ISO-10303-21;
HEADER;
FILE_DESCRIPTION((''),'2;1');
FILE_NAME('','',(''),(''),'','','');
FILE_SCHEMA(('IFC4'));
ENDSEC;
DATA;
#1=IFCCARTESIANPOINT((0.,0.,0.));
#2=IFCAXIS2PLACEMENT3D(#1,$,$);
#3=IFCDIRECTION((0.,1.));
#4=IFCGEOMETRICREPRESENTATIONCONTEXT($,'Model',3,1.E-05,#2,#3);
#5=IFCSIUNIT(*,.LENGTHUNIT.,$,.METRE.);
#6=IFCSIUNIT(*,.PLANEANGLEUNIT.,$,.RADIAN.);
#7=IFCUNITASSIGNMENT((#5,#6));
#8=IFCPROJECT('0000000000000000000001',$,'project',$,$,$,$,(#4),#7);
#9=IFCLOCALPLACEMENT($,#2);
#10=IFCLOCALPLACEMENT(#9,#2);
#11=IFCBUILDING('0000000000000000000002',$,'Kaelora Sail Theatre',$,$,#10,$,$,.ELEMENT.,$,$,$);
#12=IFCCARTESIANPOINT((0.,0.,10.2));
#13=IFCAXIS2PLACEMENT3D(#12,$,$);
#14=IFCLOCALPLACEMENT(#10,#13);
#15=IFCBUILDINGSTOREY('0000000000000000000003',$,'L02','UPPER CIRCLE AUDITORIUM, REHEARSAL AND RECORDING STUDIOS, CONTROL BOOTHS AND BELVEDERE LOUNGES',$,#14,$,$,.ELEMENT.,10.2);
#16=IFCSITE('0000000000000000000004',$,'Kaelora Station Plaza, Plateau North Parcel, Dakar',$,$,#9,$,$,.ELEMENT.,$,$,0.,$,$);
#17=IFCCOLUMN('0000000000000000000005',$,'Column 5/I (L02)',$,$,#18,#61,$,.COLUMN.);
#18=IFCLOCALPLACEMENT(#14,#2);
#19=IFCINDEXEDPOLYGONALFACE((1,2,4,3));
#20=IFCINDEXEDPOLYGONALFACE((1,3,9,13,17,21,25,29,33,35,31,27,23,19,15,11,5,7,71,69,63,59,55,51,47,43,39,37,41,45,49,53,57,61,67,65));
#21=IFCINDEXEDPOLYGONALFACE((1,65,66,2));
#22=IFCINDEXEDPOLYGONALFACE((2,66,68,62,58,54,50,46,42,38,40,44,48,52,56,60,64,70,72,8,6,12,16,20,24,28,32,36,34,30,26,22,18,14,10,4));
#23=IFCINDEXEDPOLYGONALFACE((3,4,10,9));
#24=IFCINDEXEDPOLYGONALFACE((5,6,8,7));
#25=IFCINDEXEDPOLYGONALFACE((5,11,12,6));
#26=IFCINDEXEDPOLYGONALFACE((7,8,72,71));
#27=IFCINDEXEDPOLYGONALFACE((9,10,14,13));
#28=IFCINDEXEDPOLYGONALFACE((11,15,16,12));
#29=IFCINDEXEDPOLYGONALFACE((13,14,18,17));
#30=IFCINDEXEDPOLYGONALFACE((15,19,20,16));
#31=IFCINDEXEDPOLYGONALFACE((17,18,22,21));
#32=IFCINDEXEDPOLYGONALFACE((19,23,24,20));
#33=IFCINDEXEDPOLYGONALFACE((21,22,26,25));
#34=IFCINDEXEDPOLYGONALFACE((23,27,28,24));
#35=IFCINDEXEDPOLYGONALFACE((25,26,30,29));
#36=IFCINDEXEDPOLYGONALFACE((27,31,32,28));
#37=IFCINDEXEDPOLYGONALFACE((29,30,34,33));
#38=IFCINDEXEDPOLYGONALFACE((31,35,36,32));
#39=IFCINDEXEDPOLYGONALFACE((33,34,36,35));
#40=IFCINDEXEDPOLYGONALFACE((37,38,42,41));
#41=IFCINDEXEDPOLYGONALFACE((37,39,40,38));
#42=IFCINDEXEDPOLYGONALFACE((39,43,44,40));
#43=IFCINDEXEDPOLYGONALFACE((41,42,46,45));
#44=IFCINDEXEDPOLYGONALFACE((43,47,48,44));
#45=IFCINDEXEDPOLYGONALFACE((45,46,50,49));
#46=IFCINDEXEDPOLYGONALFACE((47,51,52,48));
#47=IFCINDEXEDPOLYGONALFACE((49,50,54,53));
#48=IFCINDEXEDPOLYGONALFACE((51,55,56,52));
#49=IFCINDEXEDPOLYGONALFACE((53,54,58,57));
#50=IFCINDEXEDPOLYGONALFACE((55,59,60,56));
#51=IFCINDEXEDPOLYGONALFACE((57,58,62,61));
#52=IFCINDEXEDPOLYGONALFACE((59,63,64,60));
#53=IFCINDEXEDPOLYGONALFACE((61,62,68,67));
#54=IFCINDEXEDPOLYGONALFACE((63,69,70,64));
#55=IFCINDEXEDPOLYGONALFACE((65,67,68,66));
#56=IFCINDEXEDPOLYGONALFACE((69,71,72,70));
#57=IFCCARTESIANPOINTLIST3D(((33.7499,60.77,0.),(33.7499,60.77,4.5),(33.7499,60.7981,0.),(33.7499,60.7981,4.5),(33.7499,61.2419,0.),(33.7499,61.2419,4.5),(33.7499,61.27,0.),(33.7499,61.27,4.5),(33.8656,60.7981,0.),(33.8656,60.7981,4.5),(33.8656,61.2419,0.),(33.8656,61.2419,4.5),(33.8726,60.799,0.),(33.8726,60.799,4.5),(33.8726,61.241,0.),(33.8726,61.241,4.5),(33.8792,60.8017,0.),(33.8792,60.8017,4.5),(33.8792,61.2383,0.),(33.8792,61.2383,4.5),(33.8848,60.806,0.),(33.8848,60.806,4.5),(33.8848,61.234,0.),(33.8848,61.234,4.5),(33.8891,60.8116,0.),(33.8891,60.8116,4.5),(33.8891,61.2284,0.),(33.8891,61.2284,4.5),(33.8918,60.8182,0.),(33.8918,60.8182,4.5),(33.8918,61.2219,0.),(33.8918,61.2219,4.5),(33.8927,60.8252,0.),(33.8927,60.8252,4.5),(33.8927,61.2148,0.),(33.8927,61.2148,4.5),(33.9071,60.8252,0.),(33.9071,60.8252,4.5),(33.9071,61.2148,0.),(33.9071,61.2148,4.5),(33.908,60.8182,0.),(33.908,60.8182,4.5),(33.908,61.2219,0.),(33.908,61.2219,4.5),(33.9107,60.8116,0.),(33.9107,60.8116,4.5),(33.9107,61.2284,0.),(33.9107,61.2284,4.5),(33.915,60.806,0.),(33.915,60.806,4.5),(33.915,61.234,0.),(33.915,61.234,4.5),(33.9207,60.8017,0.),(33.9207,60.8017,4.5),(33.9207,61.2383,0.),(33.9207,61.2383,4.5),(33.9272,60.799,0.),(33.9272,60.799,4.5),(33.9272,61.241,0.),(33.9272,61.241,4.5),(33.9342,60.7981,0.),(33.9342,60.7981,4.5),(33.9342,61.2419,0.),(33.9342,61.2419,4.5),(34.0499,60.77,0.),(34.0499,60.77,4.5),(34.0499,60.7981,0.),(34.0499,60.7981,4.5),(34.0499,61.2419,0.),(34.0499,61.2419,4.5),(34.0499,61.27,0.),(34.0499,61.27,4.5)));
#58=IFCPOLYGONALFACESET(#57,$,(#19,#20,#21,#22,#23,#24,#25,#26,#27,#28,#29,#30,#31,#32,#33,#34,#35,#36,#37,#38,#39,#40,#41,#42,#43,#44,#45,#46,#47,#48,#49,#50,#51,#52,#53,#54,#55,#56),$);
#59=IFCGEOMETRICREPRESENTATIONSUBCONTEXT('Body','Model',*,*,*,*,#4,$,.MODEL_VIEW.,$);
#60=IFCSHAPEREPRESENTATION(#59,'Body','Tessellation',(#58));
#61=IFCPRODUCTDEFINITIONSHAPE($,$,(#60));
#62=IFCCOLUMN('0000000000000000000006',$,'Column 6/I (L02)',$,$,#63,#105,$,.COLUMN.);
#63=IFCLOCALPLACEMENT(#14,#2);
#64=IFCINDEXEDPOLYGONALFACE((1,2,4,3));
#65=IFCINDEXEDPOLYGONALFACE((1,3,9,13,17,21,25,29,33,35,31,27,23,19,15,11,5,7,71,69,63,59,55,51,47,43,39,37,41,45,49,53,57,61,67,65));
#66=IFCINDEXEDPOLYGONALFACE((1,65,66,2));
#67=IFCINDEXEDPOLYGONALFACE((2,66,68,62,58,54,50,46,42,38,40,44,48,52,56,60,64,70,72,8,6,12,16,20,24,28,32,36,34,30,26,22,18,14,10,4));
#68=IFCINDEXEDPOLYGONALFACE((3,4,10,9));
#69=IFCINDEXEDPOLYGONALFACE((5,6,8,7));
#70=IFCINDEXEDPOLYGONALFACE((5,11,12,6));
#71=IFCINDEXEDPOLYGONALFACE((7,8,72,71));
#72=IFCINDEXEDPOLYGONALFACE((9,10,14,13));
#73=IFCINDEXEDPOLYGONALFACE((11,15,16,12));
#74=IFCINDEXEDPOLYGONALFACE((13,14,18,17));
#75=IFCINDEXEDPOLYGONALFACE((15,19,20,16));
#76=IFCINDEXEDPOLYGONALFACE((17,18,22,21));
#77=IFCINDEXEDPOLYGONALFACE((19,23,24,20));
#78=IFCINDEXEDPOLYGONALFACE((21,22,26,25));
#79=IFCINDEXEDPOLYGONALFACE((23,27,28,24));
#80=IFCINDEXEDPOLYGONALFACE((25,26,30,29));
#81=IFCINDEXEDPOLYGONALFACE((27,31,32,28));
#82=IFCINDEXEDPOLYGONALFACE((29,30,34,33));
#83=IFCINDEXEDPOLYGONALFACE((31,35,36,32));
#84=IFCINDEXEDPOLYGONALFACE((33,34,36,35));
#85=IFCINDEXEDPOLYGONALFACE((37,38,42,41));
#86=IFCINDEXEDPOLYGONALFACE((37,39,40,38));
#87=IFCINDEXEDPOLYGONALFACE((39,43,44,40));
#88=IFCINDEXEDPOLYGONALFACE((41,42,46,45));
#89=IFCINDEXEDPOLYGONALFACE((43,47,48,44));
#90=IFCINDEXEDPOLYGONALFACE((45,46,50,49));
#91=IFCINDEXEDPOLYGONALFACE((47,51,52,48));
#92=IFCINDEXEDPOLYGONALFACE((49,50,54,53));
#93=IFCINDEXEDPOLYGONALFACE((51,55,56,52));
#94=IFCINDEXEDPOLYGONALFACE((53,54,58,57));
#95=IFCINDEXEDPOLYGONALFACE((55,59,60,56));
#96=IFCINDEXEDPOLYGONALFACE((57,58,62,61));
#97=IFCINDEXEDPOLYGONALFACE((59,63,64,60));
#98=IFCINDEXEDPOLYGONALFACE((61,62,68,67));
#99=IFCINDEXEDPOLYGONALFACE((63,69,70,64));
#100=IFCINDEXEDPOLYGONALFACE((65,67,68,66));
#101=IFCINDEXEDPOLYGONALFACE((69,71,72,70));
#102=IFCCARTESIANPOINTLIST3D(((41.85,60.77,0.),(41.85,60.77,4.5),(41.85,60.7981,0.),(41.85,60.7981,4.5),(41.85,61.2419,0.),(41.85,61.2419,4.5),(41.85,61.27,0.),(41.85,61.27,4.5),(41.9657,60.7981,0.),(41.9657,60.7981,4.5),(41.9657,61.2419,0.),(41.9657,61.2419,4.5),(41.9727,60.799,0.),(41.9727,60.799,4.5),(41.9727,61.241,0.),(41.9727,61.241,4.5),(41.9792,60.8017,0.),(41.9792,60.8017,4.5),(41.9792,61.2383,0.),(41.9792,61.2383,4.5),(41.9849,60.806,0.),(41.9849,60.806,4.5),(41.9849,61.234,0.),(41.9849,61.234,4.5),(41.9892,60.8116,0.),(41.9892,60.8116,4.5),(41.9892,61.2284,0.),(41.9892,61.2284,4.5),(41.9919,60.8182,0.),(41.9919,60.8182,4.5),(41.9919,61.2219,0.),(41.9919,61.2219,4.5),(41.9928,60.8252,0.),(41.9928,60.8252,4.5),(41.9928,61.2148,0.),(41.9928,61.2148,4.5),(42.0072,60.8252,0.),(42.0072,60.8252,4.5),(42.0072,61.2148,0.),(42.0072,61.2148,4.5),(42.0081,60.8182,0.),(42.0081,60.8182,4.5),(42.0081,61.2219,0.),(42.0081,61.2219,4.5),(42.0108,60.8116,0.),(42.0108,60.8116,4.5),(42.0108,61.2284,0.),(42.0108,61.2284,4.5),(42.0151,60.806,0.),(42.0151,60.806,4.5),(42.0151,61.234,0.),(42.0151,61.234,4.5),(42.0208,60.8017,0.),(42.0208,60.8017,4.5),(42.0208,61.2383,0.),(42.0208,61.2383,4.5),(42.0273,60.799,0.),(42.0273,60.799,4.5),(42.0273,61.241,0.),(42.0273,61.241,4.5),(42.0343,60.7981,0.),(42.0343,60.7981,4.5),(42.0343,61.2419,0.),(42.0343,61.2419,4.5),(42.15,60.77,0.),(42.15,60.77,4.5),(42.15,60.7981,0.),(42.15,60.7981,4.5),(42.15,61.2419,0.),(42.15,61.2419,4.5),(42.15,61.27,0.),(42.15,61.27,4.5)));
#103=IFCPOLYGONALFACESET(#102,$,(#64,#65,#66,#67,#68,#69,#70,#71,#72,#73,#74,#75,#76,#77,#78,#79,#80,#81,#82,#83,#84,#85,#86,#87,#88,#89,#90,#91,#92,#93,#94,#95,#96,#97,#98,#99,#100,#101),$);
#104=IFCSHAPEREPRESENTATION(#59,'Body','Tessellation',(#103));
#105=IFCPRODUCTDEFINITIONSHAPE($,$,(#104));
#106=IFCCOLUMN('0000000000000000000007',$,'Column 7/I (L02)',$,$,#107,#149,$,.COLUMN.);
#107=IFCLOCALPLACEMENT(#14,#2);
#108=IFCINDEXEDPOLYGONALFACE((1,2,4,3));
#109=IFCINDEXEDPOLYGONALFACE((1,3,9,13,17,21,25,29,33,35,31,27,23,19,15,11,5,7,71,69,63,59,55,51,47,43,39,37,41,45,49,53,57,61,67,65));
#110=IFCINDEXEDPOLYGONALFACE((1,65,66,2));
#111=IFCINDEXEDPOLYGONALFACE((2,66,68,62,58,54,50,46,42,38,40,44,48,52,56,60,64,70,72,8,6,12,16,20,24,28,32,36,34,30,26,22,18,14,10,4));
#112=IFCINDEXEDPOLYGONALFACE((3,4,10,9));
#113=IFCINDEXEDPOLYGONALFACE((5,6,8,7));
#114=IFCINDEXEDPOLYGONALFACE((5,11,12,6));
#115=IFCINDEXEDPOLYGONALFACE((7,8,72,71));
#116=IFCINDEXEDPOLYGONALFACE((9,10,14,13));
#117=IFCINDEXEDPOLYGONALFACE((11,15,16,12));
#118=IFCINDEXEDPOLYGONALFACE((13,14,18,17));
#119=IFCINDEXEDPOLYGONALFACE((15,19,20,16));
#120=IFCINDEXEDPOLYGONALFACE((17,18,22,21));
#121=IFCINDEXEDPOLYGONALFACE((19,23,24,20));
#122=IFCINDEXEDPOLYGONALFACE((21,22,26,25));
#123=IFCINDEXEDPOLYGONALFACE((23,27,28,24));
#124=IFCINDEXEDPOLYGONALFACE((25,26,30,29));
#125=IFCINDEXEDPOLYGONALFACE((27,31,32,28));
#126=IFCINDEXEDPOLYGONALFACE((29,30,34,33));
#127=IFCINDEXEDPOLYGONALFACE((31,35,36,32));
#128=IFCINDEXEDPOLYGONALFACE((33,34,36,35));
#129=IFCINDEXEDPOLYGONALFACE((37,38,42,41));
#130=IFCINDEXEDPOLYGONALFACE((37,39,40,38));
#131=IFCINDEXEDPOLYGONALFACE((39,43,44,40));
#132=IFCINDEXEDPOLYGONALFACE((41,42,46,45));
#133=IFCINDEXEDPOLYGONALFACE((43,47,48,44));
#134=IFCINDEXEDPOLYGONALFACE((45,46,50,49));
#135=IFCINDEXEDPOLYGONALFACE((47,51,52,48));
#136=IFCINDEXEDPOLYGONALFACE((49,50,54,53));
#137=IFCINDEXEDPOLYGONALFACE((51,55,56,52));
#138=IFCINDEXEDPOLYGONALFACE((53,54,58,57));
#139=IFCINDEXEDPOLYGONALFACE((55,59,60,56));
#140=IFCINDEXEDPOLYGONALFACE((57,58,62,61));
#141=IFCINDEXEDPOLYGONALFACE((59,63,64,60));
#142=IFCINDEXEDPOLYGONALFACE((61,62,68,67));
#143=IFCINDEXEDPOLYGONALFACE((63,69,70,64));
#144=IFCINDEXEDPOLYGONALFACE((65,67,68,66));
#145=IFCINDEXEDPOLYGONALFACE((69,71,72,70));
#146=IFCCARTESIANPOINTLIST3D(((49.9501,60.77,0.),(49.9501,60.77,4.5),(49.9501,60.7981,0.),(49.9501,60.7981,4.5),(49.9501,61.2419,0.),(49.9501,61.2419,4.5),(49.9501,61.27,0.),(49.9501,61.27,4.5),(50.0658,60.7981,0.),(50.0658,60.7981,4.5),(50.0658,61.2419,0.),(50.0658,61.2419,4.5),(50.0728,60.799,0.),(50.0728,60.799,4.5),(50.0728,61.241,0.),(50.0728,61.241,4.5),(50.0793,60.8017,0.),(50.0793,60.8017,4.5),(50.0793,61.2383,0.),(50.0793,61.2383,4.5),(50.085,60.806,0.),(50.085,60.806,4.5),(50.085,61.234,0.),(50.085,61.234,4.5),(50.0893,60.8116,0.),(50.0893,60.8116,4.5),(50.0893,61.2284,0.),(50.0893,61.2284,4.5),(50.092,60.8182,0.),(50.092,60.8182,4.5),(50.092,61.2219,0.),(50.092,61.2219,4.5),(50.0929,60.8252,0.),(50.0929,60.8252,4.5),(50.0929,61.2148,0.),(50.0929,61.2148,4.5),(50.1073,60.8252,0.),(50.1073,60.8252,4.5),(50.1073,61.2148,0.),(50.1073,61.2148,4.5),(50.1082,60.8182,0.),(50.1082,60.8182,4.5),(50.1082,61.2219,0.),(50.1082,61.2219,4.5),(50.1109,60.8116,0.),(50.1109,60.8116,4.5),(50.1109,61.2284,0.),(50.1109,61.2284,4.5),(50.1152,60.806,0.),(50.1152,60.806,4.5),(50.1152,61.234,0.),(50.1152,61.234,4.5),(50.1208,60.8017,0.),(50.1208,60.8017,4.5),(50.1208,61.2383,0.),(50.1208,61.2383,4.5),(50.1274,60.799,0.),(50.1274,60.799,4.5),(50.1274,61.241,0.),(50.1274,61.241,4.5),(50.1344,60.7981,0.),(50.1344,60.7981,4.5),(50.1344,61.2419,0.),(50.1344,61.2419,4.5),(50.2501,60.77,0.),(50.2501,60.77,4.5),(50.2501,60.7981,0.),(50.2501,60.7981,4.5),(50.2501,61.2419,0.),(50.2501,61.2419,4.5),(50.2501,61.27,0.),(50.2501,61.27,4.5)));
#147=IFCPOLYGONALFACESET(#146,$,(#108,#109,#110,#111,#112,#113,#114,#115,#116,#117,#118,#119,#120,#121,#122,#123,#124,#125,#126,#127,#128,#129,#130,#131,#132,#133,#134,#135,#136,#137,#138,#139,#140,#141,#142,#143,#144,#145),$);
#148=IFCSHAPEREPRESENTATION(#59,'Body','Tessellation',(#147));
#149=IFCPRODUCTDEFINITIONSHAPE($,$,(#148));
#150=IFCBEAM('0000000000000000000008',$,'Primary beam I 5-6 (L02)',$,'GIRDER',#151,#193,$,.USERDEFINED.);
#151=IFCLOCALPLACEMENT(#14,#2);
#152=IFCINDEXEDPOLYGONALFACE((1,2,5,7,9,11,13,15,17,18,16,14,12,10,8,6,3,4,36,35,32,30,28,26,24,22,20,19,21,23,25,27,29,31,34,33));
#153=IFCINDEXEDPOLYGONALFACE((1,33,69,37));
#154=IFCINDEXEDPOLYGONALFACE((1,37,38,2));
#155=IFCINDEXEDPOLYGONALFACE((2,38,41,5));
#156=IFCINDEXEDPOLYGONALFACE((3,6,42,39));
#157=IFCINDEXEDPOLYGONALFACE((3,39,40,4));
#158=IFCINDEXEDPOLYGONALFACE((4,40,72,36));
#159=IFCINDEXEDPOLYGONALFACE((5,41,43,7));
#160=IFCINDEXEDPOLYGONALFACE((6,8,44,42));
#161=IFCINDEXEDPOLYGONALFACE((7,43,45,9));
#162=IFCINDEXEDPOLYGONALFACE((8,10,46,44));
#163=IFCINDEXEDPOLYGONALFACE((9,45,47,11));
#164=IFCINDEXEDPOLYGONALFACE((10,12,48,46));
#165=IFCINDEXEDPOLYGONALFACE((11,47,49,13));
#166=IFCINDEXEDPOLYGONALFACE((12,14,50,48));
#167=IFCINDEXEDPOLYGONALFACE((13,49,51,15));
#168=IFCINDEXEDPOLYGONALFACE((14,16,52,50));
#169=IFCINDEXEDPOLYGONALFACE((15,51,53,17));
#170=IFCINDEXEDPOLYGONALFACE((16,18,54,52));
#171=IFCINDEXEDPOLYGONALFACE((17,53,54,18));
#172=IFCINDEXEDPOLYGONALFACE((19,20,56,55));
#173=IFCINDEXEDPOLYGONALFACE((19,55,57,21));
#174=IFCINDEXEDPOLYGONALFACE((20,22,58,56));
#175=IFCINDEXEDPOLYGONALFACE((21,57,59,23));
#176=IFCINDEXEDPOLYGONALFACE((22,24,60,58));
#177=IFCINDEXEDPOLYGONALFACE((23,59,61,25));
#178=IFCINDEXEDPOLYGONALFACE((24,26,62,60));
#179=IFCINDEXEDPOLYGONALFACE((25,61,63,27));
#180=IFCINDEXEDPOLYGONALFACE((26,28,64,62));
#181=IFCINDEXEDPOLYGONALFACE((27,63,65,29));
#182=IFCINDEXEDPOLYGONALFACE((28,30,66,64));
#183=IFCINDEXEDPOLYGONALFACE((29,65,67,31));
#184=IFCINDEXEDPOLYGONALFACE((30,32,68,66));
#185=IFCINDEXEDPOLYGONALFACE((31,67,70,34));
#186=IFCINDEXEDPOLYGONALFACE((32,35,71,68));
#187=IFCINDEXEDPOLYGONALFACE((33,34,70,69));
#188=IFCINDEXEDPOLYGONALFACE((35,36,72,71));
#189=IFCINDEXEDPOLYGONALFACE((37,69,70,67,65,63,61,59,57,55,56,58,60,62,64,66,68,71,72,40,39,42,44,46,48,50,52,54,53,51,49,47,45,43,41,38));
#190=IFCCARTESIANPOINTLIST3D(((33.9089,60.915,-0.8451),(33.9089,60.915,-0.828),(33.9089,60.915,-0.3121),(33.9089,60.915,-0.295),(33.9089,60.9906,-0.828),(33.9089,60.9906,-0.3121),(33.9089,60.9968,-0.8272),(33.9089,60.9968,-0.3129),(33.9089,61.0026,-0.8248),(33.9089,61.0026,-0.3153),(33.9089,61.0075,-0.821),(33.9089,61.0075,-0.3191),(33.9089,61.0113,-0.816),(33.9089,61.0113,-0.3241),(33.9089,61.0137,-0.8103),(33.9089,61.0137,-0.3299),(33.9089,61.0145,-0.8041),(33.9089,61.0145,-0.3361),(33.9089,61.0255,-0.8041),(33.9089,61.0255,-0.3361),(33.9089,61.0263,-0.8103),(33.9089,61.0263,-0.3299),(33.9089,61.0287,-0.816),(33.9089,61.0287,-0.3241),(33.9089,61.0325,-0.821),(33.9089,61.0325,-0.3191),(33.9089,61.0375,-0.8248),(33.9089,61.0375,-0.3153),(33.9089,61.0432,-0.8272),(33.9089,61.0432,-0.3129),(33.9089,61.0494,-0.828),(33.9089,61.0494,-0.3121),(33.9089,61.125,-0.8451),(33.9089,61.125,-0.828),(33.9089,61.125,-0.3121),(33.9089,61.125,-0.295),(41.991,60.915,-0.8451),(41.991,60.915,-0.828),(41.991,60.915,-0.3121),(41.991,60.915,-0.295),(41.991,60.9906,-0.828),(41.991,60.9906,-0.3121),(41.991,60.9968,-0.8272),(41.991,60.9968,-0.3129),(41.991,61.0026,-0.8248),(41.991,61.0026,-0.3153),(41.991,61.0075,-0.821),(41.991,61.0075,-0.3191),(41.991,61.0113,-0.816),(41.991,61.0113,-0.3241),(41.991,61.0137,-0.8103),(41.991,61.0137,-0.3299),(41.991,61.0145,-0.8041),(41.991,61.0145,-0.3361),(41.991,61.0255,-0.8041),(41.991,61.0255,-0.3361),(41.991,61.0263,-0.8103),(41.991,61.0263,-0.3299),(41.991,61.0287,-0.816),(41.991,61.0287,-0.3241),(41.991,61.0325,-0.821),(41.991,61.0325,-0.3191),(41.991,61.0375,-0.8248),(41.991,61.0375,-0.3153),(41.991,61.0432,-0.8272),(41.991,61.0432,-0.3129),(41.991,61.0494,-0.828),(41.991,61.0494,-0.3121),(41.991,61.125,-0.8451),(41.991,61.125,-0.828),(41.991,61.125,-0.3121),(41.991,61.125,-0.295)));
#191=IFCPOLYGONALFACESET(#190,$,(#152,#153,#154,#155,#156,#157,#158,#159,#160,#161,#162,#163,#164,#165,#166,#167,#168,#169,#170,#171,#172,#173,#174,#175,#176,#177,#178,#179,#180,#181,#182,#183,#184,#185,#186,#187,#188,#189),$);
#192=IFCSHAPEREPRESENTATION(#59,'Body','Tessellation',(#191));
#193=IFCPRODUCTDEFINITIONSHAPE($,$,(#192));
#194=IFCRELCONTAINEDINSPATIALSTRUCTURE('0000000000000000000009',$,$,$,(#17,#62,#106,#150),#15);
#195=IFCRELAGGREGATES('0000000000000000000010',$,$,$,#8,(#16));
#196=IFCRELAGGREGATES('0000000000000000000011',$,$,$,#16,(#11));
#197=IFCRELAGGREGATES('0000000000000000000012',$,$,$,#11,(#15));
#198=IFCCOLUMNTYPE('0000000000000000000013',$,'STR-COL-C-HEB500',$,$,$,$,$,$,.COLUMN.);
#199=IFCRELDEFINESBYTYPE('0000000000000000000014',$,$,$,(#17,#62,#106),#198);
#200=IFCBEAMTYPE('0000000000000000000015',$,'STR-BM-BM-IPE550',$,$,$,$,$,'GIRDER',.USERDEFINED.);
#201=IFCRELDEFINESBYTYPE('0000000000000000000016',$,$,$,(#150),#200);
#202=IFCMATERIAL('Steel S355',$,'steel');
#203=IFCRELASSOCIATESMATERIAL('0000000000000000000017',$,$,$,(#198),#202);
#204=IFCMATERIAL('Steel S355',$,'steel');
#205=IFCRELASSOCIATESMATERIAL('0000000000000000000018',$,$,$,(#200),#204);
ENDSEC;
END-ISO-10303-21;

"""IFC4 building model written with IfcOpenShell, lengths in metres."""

from ifc_helpers import new_model, si_unit, direction, frame, origin, origin_2d, place, context, subcontext, project, spatial, i_section, extrude, material, material_profile, profile_set, type_object, element, save


model = new_model("IFC4")

# Units and contexts
model_context = context("Model", 3, precision=1e-05, world=origin(), true_north=direction((0.0, 1.0)))
body_context = subcontext(model_context, "Body", "Model", "MODEL_VIEW")
ifc_project = project(units=[si_unit("LENGTHUNIT", "METRE"), si_unit("PLANEANGLEUNIT", "RADIAN")], contexts=[model_context])

# Site, building, storey
site_placement = place(None, origin())
site = spatial("IfcSite", under=ifc_project, at=site_placement, Name="Kaelora Station Plaza, Plateau North Parcel, Dakar", CompositionType="ELEMENT", RefElevation=0.0)
building_placement = place(site_placement, origin())
building = spatial("IfcBuilding", under=site, at=building_placement, Name="Kaelora Sail Theatre", CompositionType="ELEMENT")
storey_placement = place(building_placement, frame((0.0, 0.0, 10.2)))
storey = spatial("IfcBuildingStorey", under=building, at=storey_placement, Name="L02", Description="UPPER CIRCLE AUDITORIUM, REHEARSAL AND RECORDING STUDIOS, CONTROL BOOTHS AND BELVEDERE LOUNGES", CompositionType="ELEMENT", Elevation=10.2)

# Columns
ifc_material_1 = material(Name="Steel S355", Category="steel")
ifc_material_profile_1 = material_profile(ifc_material_1, i_section(OverallWidth=0.3, OverallDepth=0.5, WebThickness=0.0144, FlangeThickness=0.0281, FilletRadius=0.0271, at=origin_2d()), Name="HEB 500")
ifc_profile_set_1 = profile_set([ifc_material_profile_1], Name="Steel S355")
column_type = type_object("IfcColumnType", Name="STR-COL-C-HEB500", PredefinedType="COLUMN", material=ifc_profile_set_1)
for number, where, z_axis, x_axis, name in (
    (1, (33.8999, 61.02, 0.0), (0.0, 0.0, 1.0), (1.0, 0.0, 0.0), "Column 5/I (L02)"),
    (2, (42.0, 61.02, 0.0), (0.0, 0.0, 1.0), (1.0, 0.0, 0.0), "Column 6/I (L02)"),
    (3, (50.1001, 61.02, 0.0), (0.0, 0.0, 1.0), (1.0, 0.0, 0.0), "Column 7/I (L02)"),
):
    element("IfcColumn", number, at=place(storey_placement, frame(where, z_axis=z_axis, x_axis=x_axis)), inside=storey, type_object=column_type, Name=name, PredefinedType="COLUMN", context=body_context, shape_type="SweptSolid", body=[
        extrude(i_section(OverallWidth=0.3, OverallDepth=0.5, WebThickness=0.0144, FlangeThickness=0.0281, FilletRadius=0.0271, at=origin_2d()), origin(), (0.0, 0.0, 1.0), 4.5),
    ])

# Beam
ifc_material_2 = material(Name="Steel S355", Category="steel")
ifc_material_profile_2 = material_profile(ifc_material_2, i_section(OverallWidth=0.21, OverallDepth=0.55, WebThickness=0.011, FlangeThickness=0.0171, FilletRadius=0.0239, at=origin_2d()), Name="IPE 550")
ifc_profile_set_2 = profile_set([ifc_material_profile_2], Name="Steel S355")
beam_type = type_object("IfcBeamType", Name="STR-BM-BM-IPE550", ElementType="GIRDER", PredefinedType="USERDEFINED", material=ifc_profile_set_2)
for number, where, z_axis, x_axis, name in (
    (4, (33.9089, 61.02, -0.5701), (1.0, 0.0, 0.0), (0.0, 1.0, 0.0), "Primary beam I 5-6 (L02)"),
):
    element("IfcBeam", number, at=place(storey_placement, frame(where, z_axis=z_axis, x_axis=x_axis)), inside=storey, type_object=beam_type, Name=name, ObjectType="GIRDER", PredefinedType="USERDEFINED", context=body_context, shape_type="SweptSolid", body=[
        extrude(i_section(OverallWidth=0.21, OverallDepth=0.55, WebThickness=0.011, FlangeThickness=0.0171, FilletRadius=0.0239, at=origin_2d()), origin(), (0.0, 0.0, 1.0), 8.082),
    ])

save(model, "model.ifc")
